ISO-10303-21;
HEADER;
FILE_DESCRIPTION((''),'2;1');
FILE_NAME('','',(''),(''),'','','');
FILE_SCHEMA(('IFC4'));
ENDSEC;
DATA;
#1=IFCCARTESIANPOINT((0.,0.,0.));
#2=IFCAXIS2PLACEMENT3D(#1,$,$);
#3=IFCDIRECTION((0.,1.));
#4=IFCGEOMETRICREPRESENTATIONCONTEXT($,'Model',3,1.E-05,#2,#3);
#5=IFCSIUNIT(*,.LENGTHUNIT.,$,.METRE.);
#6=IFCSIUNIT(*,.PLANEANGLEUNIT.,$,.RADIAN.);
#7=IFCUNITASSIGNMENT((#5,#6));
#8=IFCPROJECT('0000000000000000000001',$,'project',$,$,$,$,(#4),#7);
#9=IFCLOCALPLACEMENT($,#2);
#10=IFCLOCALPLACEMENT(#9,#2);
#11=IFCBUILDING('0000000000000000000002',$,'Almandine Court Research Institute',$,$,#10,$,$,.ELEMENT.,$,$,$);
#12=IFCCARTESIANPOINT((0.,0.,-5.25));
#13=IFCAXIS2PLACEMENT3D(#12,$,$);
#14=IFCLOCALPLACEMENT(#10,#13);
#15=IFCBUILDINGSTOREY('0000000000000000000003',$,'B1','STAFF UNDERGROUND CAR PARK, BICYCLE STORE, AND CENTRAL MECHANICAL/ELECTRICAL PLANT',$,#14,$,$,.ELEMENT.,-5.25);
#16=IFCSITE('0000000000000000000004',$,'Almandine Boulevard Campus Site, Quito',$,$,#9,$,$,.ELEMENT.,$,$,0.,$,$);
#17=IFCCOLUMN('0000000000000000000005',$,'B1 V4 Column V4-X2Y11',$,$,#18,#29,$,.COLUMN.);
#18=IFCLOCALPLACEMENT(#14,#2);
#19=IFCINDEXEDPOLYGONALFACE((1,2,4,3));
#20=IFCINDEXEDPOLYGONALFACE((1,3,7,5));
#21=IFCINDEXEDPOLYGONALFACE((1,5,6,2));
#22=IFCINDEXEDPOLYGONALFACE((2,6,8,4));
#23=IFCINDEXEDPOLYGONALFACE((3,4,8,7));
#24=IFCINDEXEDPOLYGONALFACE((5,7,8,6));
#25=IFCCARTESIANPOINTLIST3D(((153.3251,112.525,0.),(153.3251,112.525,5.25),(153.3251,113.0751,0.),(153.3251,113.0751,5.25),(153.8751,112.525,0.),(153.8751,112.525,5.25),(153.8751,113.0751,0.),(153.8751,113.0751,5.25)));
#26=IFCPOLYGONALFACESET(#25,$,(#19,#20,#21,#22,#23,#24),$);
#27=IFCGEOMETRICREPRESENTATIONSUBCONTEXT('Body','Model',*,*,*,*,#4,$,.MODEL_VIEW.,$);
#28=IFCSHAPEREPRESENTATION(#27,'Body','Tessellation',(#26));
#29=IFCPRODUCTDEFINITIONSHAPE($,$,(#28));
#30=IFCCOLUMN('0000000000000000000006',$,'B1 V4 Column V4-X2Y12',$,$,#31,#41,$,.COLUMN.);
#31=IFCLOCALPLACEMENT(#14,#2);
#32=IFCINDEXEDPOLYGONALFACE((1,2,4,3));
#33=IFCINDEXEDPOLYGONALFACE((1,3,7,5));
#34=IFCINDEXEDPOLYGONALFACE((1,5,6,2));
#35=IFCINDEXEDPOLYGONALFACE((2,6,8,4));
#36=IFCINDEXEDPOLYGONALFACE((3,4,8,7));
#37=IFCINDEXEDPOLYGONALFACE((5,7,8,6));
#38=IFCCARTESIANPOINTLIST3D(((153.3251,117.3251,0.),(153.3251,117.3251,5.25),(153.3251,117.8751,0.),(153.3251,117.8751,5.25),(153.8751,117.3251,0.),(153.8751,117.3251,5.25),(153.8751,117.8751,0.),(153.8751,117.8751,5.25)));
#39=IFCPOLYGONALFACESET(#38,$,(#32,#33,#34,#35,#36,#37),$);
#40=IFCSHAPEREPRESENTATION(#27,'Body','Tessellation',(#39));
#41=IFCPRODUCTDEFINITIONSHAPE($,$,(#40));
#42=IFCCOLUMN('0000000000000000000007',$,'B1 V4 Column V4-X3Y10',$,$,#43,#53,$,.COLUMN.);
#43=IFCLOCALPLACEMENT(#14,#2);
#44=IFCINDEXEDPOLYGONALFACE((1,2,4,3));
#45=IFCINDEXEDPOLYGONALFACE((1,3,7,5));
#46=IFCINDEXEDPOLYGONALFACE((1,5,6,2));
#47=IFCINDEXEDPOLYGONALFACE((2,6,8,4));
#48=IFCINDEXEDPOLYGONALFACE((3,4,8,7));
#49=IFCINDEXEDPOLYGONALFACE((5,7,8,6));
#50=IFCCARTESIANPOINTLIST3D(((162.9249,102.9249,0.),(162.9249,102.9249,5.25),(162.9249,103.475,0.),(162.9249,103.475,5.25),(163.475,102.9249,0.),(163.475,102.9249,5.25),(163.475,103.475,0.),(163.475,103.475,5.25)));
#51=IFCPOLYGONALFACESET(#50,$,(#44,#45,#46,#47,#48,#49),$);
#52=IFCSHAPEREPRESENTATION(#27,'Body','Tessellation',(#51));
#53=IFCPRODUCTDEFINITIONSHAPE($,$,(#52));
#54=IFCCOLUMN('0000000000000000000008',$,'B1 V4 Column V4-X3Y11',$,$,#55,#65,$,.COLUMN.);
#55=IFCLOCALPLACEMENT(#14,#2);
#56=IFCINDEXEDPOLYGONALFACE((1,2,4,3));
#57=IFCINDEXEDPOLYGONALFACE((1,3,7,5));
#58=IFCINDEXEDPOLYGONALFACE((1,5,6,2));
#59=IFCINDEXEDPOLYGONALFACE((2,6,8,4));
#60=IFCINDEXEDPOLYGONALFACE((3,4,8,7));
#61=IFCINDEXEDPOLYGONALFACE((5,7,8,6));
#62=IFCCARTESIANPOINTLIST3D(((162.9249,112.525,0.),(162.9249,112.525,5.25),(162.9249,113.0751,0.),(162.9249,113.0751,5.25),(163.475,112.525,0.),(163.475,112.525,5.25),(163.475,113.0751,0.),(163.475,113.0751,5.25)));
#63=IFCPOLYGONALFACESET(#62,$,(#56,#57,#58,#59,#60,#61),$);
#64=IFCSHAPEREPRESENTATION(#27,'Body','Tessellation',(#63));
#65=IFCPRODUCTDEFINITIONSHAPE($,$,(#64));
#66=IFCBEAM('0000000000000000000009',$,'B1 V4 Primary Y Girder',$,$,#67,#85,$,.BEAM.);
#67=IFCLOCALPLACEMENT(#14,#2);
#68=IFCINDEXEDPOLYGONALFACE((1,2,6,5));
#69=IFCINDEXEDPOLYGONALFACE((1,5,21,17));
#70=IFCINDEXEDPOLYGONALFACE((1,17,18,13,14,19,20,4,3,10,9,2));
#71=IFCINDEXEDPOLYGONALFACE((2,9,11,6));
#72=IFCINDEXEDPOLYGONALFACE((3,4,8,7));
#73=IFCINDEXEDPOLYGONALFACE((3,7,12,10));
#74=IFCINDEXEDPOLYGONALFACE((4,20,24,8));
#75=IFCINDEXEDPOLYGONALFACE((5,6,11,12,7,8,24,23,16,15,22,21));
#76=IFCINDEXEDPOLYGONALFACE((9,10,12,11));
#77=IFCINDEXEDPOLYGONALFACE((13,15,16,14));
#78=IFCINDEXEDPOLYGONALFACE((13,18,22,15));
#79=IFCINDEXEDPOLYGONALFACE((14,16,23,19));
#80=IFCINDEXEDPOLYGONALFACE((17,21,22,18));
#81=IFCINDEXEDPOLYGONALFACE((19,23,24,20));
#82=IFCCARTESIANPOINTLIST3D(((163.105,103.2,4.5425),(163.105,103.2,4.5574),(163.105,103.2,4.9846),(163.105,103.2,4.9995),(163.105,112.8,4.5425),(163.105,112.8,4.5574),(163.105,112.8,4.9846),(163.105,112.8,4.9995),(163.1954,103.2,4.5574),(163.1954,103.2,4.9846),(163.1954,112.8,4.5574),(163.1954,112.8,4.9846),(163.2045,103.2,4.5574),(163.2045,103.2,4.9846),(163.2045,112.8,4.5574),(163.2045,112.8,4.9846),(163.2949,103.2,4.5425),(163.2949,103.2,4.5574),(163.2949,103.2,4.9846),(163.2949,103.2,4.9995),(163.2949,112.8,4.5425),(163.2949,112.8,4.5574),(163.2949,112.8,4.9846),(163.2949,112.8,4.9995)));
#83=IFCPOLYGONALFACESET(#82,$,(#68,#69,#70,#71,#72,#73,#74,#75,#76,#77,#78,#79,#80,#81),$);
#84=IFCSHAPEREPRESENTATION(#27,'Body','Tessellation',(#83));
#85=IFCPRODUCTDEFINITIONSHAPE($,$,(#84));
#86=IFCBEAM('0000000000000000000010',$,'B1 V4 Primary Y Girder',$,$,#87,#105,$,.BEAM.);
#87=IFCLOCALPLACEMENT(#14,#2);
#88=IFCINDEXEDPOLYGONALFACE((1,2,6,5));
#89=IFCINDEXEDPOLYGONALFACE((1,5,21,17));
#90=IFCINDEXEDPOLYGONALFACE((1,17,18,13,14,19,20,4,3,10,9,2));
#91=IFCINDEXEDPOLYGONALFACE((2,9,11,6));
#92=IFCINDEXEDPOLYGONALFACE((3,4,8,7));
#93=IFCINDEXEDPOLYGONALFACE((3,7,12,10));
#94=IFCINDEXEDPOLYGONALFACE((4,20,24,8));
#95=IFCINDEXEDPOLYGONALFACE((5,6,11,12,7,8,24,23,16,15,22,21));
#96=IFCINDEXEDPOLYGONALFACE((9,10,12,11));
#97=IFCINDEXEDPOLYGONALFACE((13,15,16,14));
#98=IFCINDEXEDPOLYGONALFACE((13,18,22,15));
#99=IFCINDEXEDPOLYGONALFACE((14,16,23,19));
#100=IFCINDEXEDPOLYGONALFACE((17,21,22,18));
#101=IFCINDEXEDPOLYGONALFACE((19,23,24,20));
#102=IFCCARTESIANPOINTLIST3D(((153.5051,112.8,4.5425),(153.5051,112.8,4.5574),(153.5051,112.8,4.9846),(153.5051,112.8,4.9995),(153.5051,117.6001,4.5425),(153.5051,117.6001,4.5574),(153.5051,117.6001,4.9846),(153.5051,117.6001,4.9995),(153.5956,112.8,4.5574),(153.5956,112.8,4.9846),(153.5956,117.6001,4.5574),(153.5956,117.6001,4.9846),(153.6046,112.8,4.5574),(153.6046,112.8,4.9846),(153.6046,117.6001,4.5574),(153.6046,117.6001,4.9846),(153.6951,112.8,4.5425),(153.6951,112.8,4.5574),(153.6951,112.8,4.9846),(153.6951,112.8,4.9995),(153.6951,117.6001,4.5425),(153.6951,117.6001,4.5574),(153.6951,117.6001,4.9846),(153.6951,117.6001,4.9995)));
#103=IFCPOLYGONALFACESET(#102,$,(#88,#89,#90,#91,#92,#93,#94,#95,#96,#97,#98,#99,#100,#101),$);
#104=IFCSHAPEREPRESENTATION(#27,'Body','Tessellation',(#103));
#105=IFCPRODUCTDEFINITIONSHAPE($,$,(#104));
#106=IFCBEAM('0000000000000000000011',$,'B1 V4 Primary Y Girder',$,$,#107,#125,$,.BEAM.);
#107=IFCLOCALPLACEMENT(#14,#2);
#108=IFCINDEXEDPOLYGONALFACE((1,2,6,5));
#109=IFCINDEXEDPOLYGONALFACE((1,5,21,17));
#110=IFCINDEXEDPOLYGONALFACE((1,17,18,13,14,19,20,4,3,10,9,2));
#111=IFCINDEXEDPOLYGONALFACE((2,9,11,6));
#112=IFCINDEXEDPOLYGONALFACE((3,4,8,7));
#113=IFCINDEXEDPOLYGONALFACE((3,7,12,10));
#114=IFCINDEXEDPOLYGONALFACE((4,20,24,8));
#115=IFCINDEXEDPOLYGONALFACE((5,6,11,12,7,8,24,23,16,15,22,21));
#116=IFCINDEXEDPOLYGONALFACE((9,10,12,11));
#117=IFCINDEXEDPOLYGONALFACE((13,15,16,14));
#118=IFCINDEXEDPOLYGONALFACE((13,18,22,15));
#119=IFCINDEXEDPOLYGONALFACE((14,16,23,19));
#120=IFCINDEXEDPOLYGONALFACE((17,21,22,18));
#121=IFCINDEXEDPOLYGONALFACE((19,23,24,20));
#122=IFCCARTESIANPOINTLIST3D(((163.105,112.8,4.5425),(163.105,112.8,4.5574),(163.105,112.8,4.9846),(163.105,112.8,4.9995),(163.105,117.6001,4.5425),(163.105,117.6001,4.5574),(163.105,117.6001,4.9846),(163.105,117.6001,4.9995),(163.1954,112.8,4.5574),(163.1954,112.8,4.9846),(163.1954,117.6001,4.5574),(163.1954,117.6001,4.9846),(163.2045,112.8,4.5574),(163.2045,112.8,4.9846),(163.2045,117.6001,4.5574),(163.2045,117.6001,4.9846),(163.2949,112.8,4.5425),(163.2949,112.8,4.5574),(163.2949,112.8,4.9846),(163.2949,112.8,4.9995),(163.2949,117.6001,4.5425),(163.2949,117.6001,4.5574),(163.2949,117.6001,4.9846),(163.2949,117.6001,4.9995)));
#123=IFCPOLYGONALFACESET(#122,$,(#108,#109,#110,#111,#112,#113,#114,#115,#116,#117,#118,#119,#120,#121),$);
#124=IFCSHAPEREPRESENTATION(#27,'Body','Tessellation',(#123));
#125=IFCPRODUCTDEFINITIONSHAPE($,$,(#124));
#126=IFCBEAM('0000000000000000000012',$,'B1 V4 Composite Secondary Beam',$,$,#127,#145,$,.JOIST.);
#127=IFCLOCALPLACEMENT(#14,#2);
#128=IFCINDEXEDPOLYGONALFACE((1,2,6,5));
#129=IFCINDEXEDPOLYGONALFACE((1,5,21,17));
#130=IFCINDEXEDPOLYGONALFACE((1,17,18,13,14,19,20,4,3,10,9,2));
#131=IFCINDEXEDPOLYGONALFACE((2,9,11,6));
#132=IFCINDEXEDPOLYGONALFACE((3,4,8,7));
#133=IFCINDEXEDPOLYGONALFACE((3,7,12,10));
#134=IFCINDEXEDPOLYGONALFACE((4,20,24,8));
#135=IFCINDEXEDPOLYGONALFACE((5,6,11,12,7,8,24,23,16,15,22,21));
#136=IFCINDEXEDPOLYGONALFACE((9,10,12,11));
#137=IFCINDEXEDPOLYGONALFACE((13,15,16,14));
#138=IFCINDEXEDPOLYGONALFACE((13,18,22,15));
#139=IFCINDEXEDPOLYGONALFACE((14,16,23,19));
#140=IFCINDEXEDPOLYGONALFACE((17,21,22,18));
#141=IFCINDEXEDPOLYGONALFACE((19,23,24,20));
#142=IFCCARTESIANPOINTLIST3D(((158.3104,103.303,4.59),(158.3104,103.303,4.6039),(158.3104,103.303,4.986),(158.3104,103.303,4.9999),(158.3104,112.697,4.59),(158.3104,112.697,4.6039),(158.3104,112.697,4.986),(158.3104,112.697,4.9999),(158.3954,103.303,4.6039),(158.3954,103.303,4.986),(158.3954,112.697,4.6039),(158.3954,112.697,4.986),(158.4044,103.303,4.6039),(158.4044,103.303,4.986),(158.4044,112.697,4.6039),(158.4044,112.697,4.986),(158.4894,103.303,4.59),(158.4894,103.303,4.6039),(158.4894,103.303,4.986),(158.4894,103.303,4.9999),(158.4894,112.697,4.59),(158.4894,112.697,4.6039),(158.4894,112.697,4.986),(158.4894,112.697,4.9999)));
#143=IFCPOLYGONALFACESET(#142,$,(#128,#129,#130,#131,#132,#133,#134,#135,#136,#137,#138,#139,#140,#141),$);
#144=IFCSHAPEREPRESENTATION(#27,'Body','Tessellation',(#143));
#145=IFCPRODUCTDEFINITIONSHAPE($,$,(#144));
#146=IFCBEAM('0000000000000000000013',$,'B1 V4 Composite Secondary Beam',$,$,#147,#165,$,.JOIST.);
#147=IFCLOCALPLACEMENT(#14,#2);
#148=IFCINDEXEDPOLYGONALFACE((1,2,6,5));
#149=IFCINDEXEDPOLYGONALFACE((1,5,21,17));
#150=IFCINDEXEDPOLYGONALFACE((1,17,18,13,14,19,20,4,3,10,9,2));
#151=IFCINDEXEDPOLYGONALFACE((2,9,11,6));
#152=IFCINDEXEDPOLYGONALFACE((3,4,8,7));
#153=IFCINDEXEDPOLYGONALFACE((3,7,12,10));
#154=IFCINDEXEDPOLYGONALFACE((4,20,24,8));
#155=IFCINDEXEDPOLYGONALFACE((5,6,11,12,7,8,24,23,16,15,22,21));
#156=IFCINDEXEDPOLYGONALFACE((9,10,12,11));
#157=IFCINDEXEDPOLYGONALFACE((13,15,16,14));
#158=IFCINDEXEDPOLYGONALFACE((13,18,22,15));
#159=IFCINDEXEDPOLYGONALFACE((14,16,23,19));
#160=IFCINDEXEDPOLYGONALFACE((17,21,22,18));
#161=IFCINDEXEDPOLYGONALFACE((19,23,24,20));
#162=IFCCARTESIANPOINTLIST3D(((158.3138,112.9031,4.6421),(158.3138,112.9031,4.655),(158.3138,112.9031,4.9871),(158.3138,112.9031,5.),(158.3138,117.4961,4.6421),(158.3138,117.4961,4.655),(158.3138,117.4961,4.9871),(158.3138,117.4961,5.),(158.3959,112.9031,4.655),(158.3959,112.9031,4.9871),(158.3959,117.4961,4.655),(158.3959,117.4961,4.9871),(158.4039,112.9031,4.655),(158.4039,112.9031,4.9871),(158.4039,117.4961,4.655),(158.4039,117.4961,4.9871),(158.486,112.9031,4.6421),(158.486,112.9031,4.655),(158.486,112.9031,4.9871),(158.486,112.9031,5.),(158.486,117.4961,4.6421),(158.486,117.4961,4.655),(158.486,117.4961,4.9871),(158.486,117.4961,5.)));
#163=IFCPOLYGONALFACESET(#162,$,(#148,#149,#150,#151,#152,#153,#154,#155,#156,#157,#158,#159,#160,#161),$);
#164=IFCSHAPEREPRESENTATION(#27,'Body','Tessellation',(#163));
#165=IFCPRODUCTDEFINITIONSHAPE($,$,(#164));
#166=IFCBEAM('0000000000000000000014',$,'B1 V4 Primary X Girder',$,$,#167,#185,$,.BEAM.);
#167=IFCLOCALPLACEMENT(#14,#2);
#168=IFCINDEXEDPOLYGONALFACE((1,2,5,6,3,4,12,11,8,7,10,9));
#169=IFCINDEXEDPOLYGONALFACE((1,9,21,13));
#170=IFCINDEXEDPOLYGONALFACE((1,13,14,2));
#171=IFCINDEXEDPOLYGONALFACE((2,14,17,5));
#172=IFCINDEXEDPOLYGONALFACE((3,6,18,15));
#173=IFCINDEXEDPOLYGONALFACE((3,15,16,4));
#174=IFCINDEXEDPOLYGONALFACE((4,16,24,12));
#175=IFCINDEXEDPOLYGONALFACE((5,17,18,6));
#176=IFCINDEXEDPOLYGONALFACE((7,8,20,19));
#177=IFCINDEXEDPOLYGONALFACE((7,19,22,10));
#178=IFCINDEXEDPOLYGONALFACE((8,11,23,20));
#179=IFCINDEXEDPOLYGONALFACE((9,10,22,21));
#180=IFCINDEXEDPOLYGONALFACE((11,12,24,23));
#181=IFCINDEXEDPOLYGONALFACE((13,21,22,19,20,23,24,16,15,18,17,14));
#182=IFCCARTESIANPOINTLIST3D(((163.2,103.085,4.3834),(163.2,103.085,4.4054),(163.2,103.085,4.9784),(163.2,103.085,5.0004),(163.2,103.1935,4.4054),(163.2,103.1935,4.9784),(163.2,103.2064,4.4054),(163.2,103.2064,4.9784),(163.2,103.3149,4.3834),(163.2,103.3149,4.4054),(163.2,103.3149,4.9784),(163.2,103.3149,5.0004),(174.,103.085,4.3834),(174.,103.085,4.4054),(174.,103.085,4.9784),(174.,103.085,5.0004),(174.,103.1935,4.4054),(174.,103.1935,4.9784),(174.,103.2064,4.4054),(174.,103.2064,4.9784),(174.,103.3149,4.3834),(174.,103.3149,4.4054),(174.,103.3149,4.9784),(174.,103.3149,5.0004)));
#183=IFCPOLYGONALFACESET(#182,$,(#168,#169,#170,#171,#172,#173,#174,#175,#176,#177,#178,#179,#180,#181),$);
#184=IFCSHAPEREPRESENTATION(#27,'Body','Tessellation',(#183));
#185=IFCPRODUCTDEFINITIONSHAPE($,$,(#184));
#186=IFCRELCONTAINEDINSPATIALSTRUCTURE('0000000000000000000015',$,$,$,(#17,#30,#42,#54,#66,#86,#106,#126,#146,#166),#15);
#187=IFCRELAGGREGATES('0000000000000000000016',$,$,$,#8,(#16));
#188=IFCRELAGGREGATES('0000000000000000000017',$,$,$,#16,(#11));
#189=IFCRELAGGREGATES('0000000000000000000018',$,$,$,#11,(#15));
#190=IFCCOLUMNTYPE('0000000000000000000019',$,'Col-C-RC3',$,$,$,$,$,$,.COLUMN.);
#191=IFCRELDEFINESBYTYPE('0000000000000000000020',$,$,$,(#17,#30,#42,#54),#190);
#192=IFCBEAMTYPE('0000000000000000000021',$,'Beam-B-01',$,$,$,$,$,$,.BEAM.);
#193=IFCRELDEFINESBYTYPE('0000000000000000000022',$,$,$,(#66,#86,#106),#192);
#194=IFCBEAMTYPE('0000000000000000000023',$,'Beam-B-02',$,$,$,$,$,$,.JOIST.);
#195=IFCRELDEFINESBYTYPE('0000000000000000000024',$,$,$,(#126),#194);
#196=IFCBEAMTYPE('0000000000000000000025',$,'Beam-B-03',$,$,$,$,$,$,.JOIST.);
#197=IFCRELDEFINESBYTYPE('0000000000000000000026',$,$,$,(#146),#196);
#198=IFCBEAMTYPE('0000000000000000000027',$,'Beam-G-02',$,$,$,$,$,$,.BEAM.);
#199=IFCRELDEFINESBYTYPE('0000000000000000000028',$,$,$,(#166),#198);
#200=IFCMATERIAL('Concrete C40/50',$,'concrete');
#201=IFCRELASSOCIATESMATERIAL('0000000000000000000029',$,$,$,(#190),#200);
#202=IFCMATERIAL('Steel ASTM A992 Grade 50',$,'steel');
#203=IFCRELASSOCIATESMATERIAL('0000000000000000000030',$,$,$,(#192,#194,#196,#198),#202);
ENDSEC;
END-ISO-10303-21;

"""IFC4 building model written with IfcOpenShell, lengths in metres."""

from ifc_helpers import new_model, si_unit, direction, frame, origin, origin_2d, place, context, subcontext, project, spatial, rectangle, i_section, extrude, material, material_profile, profile_set, type_object, element, save


model = new_model("IFC4")

# Units and contexts
model_context = context("Model", 3, precision=1e-05, world=origin(), true_north=direction((0.0, 1.0)))
body_context = subcontext(model_context, "Body", "Model", "MODEL_VIEW")
ifc_project = project(units=[si_unit("LENGTHUNIT", "METRE"), si_unit("PLANEANGLEUNIT", "RADIAN")], contexts=[model_context])

# Site, building, storey
site_placement = place(None, origin())
site = spatial("IfcSite", under=ifc_project, at=site_placement, Name="Almandine Boulevard Campus Site, Quito", CompositionType="ELEMENT", RefElevation=0.0)
building_placement = place(site_placement, origin())
building = spatial("IfcBuilding", under=site, at=building_placement, Name="Almandine Court Research Institute", CompositionType="ELEMENT")
storey_placement = place(building_placement, frame((0.0, 0.0, -5.25)))
storey = spatial("IfcBuildingStorey", under=building, at=storey_placement, Name="B1", Description="STAFF UNDERGROUND CAR PARK, BICYCLE STORE, AND CENTRAL MECHANICAL/ELECTRICAL PLANT", CompositionType="ELEMENT", Elevation=-5.25)

# Columns
ifc_material_1 = material(Name="Concrete C40/50", Category="concrete")
ifc_material_profile_1 = material_profile(ifc_material_1, rectangle(XDim=0.55, YDim=0.55, at=origin_2d()), Name="RC 550x550")
ifc_profile_set_1 = profile_set([ifc_material_profile_1], Name="Concrete C40/50")
column_type = type_object("IfcColumnType", Name="Col-C-RC3", PredefinedType="COLUMN", material=ifc_profile_set_1)
for number, where, z_axis, x_axis, name in (
    (1, (153.6001, 112.8, 0.0), (0.0, 0.0, 1.0), (1.0, 0.0, 0.0), "B1 V4 Column V4-X2Y11"),
    (2, (153.6001, 117.6001, 0.0), (0.0, 0.0, 1.0), (1.0, 0.0, 0.0), "B1 V4 Column V4-X2Y12"),
    (3, (163.2, 103.2, 0.0), (0.0, 0.0, 1.0), (1.0, 0.0, 0.0), "B1 V4 Column V4-X3Y10"),
    (4, (163.2, 112.8, 0.0), (0.0, 0.0, 1.0), (1.0, 0.0, 0.0), "B1 V4 Column V4-X3Y11"),
):
    element("IfcColumn", number, at=place(storey_placement, frame(where, z_axis=z_axis, x_axis=x_axis)), inside=storey, type_object=column_type, Name=name, PredefinedType="COLUMN", context=body_context, shape_type="SweptSolid", body=[
        extrude(rectangle(XDim=0.55, YDim=0.55, at=origin_2d()), origin(), (0.0, 0.0, 1.0), 5.25),
    ])

# Beams
ifc_material_2 = material(Name="Steel ASTM A992 Grade 50", Category="steel")
ifc_material_profile_2 = material_profile(ifc_material_2, i_section(OverallWidth=0.1899, OverallDepth=0.457, WebThickness=0.009, FlangeThickness=0.0149, at=origin_2d()), Name="W460x74")
ifc_profile_set_2 = profile_set([ifc_material_profile_2], Name="Steel ASTM A992 Grade 50")
beam_type_1 = type_object("IfcBeamType", Name="Beam-B-01", PredefinedType="BEAM", material=ifc_profile_set_2)
beam_1_placement = place(storey_placement, frame((163.2, 103.2, 4.771), z_axis=(0.0, 1.0, 0.0), x_axis=(-1.0, 0.0, 0.0)))
element("IfcBeam", 5, at=beam_1_placement, inside=storey, type_object=beam_type_1, Name="B1 V4 Primary Y Girder", PredefinedType="BEAM", context=body_context, shape_type="SweptSolid", body=[
    extrude(i_section(OverallWidth=0.1899, OverallDepth=0.457, WebThickness=0.009, FlangeThickness=0.0149, at=origin_2d()), origin(), (0.0, 0.0, 1.0), 9.6001),
])
for number, where, z_axis, x_axis, name in (
    (6, (153.6001, 112.8, 4.771), (0.0, 1.0, 0.0), (-1.0, 0.0, 0.0), "B1 V4 Primary Y Girder"),
    (7, (163.2, 112.8, 4.771), (0.0, 1.0, 0.0), (-1.0, 0.0, 0.0), "B1 V4 Primary Y Girder"),
):
    element("IfcBeam", number, at=place(storey_placement, frame(where, z_axis=z_axis, x_axis=x_axis)), inside=storey, type_object=beam_type_1, Name=name, PredefinedType="BEAM", context=body_context, shape_type="SweptSolid", body=[
        extrude(i_section(OverallWidth=0.1899, OverallDepth=0.457, WebThickness=0.009, FlangeThickness=0.0149, at=origin_2d()), origin(), (0.0, 0.0, 1.0), 4.8),
    ])
ifc_material_profile_3 = material_profile(ifc_material_2, i_section(OverallWidth=0.179, OverallDepth=0.4099, WebThickness=0.009, FlangeThickness=0.0139, at=origin_2d()), Name="W410x67")
ifc_profile_set_3 = profile_set([ifc_material_profile_3], Name="Steel ASTM A992 Grade 50")
beam_type_2 = type_object("IfcBeamType", Name="Beam-B-02", PredefinedType="JOIST", material=ifc_profile_set_3)
beam_2_placement = place(storey_placement, frame((158.3999, 103.303, 4.7949), z_axis=(0.0, 1.0, 0.0), x_axis=(-1.0, 0.0, 0.0)))
element("IfcBeam", 8, at=beam_2_placement, inside=storey, type_object=beam_type_2, Name="B1 V4 Composite Secondary Beam", PredefinedType="JOIST", context=body_context, shape_type="SweptSolid", body=[
    extrude(i_section(OverallWidth=0.179, OverallDepth=0.4099, WebThickness=0.009, FlangeThickness=0.0139, at=origin_2d()), origin(), (0.0, 0.0, 1.0), 9.394),
])
ifc_material_profile_4 = material_profile(ifc_material_2, i_section(OverallWidth=0.1721, OverallDepth=0.3579, WebThickness=0.0081, FlangeThickness=0.0129, at=origin_2d()), Name="W360x57")
ifc_profile_set_4 = profile_set([ifc_material_profile_4], Name="Steel ASTM A992 Grade 50")
beam_type_3 = type_object("IfcBeamType", Name="Beam-B-03", PredefinedType="JOIST", material=ifc_profile_set_4)
beam_3_placement = place(storey_placement, frame((158.3999, 112.9031, 4.821), z_axis=(0.0, 1.0, 0.0), x_axis=(-1.0, 0.0, 0.0)))
element("IfcBeam", 9, at=beam_3_placement, inside=storey, type_object=beam_type_3, Name="B1 V4 Composite Secondary Beam", PredefinedType="JOIST", context=body_context, shape_type="SweptSolid", body=[
    extrude(i_section(OverallWidth=0.1721, OverallDepth=0.3579, WebThickness=0.0081, FlangeThickness=0.0129, at=origin_2d()), origin(), (0.0, 0.0, 1.0), 4.593),
])
ifc_material_profile_5 = material_profile(ifc_material_2, i_section(OverallWidth=0.23, OverallDepth=0.6169, WebThickness=0.0129, FlangeThickness=0.022, at=origin_2d()), Name="W610x140")
ifc_profile_set_5 = profile_set([ifc_material_profile_5], Name="Steel ASTM A992 Grade 50")
beam_type_4 = type_object("IfcBeamType", Name="Beam-G-02", PredefinedType="BEAM", material=ifc_profile_set_5)
for number, where, z_axis, x_axis, name in (
    (10, (163.2, 103.2, 4.6919), (1.0, 0.0, 0.0), (0.0, 1.0, 0.0), "B1 V4 Primary X Girder"),
):
    element("IfcBeam", number, at=place(storey_placement, frame(where, z_axis=z_axis, x_axis=x_axis)), inside=storey, type_object=beam_type_4, Name=name, PredefinedType="BEAM", context=body_context, shape_type="SweptSolid", body=[
        extrude(i_section(OverallWidth=0.23, OverallDepth=0.6169, WebThickness=0.0129, FlangeThickness=0.022, at=origin_2d()), origin(), (0.0, 0.0, 1.0), 10.8),
    ])

save(model, "model.ifc")
